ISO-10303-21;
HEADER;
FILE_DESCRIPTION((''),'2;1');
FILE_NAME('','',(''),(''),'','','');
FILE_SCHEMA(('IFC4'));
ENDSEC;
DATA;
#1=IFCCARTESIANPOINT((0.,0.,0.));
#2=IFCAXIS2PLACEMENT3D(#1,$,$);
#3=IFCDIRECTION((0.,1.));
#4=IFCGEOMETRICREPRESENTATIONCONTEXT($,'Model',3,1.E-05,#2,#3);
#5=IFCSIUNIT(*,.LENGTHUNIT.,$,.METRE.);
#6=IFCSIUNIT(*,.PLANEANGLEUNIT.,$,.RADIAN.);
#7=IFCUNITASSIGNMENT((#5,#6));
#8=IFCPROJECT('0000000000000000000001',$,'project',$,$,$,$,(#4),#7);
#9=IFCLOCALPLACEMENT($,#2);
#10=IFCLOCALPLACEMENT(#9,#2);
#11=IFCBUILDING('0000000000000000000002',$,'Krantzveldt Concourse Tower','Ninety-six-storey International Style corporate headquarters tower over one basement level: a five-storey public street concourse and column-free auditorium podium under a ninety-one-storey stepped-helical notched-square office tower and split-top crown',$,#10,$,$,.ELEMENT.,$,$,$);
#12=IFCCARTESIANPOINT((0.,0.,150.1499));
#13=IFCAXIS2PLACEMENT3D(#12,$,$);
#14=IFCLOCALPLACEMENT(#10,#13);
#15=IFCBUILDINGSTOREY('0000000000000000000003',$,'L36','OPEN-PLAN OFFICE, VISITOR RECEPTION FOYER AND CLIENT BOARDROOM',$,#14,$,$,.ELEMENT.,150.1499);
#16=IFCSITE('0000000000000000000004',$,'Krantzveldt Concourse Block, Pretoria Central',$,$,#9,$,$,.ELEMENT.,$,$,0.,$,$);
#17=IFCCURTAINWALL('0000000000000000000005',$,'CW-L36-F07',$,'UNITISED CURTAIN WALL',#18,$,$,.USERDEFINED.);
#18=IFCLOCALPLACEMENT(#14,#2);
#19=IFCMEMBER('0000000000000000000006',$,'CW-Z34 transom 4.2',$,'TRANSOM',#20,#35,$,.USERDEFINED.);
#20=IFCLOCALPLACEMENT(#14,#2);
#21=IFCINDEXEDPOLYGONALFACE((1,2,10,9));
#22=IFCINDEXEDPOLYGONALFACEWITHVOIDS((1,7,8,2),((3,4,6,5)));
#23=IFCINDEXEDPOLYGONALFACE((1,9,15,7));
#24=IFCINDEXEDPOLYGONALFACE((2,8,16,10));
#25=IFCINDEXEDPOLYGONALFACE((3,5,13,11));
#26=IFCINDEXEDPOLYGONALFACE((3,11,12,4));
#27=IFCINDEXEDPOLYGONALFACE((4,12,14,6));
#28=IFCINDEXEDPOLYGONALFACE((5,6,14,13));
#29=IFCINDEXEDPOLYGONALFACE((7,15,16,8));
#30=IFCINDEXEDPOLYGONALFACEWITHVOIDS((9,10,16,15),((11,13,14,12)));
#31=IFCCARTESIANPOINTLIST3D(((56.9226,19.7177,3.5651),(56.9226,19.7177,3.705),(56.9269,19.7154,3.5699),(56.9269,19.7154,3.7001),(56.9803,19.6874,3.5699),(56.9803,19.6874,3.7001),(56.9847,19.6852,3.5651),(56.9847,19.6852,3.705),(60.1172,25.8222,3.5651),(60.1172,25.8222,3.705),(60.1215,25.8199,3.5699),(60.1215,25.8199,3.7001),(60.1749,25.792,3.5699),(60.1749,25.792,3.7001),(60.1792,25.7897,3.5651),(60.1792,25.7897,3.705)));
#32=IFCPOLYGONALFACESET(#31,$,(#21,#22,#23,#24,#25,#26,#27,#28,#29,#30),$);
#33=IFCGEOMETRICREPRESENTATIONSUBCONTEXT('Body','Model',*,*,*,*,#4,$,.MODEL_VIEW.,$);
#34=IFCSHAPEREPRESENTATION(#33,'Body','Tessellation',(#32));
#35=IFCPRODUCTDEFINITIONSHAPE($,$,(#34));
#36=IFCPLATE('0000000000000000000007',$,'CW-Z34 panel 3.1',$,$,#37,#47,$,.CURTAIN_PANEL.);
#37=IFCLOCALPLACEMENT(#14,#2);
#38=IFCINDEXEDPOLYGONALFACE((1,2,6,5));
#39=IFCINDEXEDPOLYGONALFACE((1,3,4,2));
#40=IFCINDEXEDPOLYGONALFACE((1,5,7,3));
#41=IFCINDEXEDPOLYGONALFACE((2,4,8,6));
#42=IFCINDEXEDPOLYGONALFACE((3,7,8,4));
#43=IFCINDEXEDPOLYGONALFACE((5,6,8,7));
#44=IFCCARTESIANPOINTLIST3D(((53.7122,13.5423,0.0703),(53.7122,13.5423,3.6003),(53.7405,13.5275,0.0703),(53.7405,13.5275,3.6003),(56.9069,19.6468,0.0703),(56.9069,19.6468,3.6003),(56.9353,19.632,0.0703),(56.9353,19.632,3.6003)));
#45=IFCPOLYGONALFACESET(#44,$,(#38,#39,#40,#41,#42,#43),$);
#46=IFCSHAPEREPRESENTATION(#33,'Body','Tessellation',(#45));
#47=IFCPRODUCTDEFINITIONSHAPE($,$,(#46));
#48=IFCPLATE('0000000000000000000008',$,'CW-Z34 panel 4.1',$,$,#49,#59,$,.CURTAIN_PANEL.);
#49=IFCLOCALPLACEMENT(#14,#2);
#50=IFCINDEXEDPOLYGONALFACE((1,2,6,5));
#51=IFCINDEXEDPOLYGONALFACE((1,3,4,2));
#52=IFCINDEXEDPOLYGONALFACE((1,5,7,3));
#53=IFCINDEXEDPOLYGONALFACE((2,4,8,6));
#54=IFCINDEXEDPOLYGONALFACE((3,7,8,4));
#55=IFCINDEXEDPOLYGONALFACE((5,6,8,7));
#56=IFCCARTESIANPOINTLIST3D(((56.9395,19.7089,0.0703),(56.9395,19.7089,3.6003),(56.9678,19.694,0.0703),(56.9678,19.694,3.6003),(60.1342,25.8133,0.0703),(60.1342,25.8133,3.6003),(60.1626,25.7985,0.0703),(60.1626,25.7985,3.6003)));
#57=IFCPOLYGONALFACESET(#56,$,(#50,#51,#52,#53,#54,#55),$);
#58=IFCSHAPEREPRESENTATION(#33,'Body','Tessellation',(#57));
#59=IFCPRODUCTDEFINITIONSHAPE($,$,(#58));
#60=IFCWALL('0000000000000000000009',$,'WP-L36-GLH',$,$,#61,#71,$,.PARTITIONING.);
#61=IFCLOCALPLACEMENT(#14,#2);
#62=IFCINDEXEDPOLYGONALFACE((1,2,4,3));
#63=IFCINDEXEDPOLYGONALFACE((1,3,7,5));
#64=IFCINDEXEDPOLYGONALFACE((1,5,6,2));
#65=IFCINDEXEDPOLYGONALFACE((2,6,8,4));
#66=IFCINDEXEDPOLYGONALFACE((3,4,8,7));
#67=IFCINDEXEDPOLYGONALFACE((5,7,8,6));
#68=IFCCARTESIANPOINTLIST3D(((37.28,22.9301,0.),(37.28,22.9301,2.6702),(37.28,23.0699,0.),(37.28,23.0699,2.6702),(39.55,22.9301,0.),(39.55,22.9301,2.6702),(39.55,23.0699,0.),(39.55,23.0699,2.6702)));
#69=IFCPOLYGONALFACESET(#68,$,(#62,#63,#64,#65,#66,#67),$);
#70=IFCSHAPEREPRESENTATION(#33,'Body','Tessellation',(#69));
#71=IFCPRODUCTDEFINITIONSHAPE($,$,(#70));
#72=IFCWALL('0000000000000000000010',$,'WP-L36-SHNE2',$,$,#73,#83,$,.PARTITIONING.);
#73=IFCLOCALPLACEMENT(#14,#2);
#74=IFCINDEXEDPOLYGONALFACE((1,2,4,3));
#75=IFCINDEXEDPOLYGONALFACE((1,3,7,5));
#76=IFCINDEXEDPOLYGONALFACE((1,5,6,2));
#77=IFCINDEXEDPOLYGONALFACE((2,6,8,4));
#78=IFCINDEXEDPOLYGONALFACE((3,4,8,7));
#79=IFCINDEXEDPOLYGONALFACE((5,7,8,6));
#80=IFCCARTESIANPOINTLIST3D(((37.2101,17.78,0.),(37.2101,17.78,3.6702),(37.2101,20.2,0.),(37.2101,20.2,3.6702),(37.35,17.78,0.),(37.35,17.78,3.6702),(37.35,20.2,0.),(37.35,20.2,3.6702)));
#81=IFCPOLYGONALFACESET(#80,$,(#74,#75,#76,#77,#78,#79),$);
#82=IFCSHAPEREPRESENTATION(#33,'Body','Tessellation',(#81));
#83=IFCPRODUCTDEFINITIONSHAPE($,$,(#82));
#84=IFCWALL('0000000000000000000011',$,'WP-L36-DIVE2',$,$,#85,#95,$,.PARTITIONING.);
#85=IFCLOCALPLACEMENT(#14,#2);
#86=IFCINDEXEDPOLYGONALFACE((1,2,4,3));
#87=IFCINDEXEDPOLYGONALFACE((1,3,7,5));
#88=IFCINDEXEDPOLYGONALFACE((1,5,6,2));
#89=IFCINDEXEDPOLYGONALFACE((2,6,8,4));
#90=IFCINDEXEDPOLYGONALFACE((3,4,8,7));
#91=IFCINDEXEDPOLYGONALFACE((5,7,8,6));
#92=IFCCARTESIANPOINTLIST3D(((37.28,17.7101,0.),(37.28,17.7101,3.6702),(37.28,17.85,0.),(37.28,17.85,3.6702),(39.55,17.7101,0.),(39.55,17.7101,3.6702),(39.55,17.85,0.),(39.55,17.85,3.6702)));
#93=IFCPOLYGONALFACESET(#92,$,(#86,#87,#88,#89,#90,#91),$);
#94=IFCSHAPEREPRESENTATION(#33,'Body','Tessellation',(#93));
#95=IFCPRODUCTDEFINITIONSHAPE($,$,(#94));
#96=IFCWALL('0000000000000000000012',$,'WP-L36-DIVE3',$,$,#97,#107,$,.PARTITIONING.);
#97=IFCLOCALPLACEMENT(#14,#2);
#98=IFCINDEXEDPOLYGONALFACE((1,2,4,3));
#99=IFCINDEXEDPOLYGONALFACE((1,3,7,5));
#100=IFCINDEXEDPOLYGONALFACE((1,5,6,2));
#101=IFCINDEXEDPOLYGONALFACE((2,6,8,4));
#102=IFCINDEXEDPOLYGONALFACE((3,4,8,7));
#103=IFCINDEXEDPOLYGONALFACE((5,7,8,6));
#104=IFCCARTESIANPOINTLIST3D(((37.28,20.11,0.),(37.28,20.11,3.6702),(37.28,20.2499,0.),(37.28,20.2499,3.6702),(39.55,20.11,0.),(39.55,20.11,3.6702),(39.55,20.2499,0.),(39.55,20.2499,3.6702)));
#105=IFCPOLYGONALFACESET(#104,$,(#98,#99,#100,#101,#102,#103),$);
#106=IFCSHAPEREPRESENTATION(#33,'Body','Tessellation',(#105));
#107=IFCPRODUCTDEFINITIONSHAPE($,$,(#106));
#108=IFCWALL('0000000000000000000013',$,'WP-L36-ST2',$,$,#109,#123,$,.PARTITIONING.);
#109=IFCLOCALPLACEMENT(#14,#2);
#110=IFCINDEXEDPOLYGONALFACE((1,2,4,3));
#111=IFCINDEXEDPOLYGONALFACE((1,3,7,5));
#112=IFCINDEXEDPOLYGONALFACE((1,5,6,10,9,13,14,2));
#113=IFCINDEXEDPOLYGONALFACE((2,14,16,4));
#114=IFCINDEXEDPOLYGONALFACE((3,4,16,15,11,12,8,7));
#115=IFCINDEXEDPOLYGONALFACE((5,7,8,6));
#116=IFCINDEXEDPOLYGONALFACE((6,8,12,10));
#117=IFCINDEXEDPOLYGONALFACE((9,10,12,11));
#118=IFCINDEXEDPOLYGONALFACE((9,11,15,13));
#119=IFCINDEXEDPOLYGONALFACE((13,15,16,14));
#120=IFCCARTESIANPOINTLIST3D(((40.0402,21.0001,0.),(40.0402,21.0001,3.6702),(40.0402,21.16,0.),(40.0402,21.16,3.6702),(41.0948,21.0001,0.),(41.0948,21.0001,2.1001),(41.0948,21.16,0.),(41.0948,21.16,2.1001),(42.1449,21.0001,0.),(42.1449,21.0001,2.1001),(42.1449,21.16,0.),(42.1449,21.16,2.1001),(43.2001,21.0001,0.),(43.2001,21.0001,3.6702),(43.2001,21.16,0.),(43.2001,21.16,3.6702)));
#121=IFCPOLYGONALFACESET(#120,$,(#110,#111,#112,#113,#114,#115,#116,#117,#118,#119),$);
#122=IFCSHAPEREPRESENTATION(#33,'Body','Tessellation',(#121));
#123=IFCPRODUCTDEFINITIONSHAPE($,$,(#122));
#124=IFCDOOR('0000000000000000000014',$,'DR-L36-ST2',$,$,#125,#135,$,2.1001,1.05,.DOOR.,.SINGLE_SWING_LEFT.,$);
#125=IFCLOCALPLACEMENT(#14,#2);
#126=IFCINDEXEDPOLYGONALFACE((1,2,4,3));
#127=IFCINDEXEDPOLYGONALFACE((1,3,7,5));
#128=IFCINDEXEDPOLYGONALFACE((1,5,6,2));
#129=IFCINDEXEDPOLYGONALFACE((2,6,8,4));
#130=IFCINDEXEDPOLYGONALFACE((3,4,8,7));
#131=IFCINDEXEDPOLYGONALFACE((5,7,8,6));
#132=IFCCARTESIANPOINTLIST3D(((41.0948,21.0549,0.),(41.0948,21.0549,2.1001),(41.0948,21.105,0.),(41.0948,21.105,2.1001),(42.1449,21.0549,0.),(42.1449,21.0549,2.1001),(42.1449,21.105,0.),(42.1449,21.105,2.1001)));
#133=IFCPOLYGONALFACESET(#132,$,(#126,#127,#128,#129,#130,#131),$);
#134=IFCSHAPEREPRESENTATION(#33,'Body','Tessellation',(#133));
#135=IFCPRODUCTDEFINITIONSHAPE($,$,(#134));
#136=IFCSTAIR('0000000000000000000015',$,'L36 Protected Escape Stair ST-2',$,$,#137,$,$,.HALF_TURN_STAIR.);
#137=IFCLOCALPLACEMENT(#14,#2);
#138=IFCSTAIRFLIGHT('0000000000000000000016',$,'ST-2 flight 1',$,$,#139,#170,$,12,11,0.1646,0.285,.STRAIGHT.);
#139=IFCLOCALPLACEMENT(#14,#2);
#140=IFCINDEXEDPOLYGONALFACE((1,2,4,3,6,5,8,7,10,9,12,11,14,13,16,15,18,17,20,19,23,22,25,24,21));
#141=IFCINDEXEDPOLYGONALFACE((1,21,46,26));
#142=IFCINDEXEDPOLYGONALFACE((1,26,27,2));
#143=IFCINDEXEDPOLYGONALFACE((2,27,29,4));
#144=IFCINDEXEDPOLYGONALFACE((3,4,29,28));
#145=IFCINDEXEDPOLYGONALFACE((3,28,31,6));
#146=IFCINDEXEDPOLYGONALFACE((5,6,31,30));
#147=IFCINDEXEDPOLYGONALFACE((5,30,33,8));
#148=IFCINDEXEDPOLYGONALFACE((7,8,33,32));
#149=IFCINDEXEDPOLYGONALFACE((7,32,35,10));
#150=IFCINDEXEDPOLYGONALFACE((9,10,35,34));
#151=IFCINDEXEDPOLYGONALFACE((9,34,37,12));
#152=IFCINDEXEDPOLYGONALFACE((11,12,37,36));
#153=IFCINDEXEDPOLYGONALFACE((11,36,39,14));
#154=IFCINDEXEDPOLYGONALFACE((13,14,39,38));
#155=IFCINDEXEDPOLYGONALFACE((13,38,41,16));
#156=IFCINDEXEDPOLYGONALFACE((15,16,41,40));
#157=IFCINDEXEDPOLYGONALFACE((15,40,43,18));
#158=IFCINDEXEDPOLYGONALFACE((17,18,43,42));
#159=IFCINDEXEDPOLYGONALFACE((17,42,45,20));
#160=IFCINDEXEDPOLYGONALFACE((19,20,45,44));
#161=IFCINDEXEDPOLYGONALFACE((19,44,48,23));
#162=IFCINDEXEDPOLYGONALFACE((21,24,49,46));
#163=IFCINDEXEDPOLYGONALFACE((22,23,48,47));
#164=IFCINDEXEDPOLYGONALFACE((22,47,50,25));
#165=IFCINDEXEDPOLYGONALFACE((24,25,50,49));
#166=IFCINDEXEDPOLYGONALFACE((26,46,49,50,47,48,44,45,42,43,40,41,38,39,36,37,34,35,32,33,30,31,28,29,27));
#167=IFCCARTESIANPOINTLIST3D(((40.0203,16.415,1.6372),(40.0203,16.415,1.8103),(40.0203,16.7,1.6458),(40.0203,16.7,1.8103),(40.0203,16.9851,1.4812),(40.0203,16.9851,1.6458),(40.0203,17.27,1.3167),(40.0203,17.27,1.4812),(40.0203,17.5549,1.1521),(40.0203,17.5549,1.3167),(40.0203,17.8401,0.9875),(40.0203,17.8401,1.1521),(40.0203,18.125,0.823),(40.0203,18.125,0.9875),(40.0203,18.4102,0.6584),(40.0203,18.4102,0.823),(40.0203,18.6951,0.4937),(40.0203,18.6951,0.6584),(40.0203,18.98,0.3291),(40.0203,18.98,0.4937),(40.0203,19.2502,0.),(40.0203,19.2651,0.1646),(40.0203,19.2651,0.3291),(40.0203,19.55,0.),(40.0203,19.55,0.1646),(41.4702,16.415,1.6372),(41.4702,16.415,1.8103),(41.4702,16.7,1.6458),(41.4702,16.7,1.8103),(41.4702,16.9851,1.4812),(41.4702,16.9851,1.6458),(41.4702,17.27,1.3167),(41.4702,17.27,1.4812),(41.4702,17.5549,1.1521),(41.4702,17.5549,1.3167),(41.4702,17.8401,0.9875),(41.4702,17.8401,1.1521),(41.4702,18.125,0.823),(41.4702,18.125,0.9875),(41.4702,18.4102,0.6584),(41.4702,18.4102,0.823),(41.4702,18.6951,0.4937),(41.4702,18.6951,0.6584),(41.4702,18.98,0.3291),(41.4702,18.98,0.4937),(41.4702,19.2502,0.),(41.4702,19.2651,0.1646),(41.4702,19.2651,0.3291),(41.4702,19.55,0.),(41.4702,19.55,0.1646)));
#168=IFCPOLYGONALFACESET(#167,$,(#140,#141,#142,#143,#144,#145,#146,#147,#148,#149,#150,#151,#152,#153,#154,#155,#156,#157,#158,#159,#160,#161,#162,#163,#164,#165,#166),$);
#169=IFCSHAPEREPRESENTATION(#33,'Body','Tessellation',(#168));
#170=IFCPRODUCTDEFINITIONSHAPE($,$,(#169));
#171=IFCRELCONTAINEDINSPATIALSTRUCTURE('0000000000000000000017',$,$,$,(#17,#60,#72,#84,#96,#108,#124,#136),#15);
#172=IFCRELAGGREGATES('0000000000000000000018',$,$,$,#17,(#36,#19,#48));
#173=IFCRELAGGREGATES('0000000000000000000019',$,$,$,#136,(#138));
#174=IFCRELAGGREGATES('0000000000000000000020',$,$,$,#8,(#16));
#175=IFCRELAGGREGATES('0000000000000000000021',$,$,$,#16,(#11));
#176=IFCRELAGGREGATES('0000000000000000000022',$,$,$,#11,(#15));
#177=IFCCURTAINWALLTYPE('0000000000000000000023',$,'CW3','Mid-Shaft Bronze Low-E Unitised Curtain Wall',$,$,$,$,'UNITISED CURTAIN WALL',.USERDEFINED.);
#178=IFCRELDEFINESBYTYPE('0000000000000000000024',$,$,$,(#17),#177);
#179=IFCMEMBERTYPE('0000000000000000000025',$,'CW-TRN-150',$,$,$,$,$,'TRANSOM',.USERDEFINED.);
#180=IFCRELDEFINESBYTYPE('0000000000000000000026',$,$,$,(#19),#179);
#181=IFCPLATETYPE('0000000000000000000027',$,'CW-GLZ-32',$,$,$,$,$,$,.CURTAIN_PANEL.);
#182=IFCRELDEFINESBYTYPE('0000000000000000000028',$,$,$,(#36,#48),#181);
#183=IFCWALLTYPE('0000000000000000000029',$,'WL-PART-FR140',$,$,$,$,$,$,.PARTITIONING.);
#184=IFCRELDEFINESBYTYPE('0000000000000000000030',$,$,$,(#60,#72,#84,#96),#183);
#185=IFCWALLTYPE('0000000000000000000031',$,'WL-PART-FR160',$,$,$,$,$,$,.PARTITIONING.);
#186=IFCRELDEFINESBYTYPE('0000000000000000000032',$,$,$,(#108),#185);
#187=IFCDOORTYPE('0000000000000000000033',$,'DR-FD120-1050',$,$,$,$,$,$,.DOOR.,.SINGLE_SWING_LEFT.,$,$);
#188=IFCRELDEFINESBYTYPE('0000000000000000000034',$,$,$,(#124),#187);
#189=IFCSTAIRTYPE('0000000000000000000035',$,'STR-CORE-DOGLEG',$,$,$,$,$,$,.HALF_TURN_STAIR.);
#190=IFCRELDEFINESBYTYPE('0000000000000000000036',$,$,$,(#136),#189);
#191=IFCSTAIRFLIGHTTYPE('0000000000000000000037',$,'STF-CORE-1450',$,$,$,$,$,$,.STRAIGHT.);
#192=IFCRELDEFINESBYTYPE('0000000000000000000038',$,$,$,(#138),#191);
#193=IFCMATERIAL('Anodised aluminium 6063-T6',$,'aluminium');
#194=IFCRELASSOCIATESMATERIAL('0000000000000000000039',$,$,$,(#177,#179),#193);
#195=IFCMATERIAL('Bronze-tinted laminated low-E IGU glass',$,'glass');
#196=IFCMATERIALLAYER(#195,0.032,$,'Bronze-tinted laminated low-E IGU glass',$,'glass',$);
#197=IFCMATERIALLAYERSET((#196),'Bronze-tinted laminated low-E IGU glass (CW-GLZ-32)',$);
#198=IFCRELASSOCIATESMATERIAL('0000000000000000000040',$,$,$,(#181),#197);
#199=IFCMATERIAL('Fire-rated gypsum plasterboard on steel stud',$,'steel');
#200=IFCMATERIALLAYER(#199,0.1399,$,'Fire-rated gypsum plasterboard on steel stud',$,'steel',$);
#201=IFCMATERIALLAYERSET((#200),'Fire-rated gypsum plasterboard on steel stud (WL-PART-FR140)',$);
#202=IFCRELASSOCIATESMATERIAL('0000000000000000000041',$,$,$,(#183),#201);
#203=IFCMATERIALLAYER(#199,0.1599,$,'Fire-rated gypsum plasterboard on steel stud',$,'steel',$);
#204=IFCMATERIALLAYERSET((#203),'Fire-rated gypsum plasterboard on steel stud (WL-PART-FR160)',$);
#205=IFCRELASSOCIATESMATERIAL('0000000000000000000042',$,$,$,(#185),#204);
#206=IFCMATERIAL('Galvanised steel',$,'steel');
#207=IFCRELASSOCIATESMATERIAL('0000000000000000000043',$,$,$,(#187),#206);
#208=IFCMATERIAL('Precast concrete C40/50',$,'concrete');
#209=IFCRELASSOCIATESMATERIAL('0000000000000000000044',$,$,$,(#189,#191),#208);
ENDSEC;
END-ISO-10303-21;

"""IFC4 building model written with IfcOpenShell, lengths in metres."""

from ifc_helpers import new_model, si_unit, direction, frame, frame_2d, origin, origin_2d, place, context, subcontext, project, spatial, polyline, rectangle, hollow_rectangle, outline, extrude, source, transform, mapped, material, layer, layer_set, material_profile, profile_set, type_object, type_shapes, element, fill, aggregate, save


model = new_model("IFC4")

# Units and contexts
model_context = context("Model", 3, precision=1e-05, world=origin(), true_north=direction((0.0, 1.0)))
body_context = subcontext(model_context, "Body", "Model", "MODEL_VIEW")
ifc_project = project(units=[si_unit("LENGTHUNIT", "METRE"), si_unit("PLANEANGLEUNIT", "RADIAN")], contexts=[model_context])

# Site, building, storey
site_placement = place(None, origin())
site = spatial("IfcSite", under=ifc_project, at=site_placement, Name="Krantzveldt Concourse Block, Pretoria Central", CompositionType="ELEMENT", RefElevation=0.0)
building_placement = place(site_placement, origin())
building = spatial("IfcBuilding", under=site, at=building_placement, Name="Krantzveldt Concourse Tower", Description="Ninety-six-storey International Style corporate headquarters tower over one basement level: a five-storey public street concourse and column-free auditorium podium under a ninety-one-storey stepped-helical notched-square office tower and split-top crown", CompositionType="ELEMENT")
storey_placement = place(building_placement, frame((0.0, 0.0, 150.1499)))
storey = spatial("IfcBuildingStorey", under=building, at=storey_placement, Name="L36", Description="OPEN-PLAN OFFICE, VISITOR RECEPTION FOYER AND CLIENT BOARDROOM", CompositionType="ELEMENT", Elevation=150.1499)

# Curtain wall, member, plates
ifc_material_1 = material(Name="Anodised aluminium 6063-T6", Category="aluminium")
curtain_wall_type = type_object("IfcCurtainWallType", Name="CW3", Description="Mid-Shaft Bronze Low-E Unitised Curtain Wall", ElementType="UNITISED CURTAIN WALL", PredefinedType="USERDEFINED", material=ifc_material_1)
curtain_wall_placement = place(storey_placement, origin())
curtain_wall = element("IfcCurtainWall", 1, at=curtain_wall_placement, inside=storey, type_object=curtain_wall_type, Name="CW-L36-F07", ObjectType="UNITISED CURTAIN WALL", PredefinedType="USERDEFINED")
ifc_material_profile_1 = material_profile(ifc_material_1, hollow_rectangle(XDim=0.0701, YDim=0.1399, WallThickness=0.0049, at=origin_2d()), Name="Anodised aluminium 6063-T6", Category="aluminium")
ifc_profile_set_1 = profile_set([ifc_material_profile_1], Name="Anodised aluminium 6063-T6 - ALU-TRAN 140x70x5")
member_type_1 = type_object("IfcMemberType", Name="CW-TRN-150", ElementType="TRANSOM", PredefinedType="USERDEFINED", material=ifc_profile_set_1)
shared_shape_1 = source(origin(), body_context, "Body", "SweptSolid", [
    extrude(hollow_rectangle(XDim=0.0701, YDim=0.1399, WallThickness=0.0049, at=origin_2d()), origin(), (0.0, 0.0, 1.0), 6.8899),
])
member_1_placement = place(storey_placement, frame((56.9536, 19.7014, 3.635), z_axis=(0.463664, 0.886011, 0.0), x_axis=(-0.886011, 0.463664, 0.0)))
member_1 = element("IfcMember", 2, at=member_1_placement, type_object=member_type_1, Name="CW-Z34 transom 4.2", ObjectType="TRANSOM", PredefinedType="USERDEFINED", context=body_context, shape_type="MappedRepresentation", body=[
    mapped(shared_shape_1, transform((0.0, 0.0, 0.0), x_axis=(1.0, 0.0, 0.0), y_axis=(0.0, 1.0, 0.0), z_axis=(0.0, 0.0, 1.0), scale=1.0)),
])
ifc_material_2 = material(Name="Bronze-tinted laminated low-E IGU glass", Category="glass")
ifc_layer_1 = layer(ifc_material_2, 0.032, Name="Bronze-tinted laminated low-E IGU glass", Category="glass")
ifc_layer_set_1 = layer_set([ifc_layer_1], Name="Bronze-tinted laminated low-E IGU glass (CW-GLZ-32)")
plate_type = type_object("IfcPlateType", Name="CW-GLZ-32", PredefinedType="CURTAIN_PANEL", material=ifc_layer_set_1)
shared_shape_2 = source(origin(), body_context, "Body", "SweptSolid", [
    extrude(rectangle(XDim=6.8899, YDim=0.032, at=origin_2d()), origin(), (0.0, 0.0, 1.0), 3.53),
])
type_shapes(plate_type, [shared_shape_2])
plate_1_placement = place(storey_placement, frame((55.3237, 16.5872, 0.0703), z_axis=(0.0, 0.0, 1.0), x_axis=(0.463683, 0.886001, 0.0)))
plate_1 = element("IfcPlate", 3, at=plate_1_placement, type_object=plate_type, Name="CW-Z34 panel 3.1", PredefinedType="CURTAIN_PANEL", context=body_context, shape_type="MappedRepresentation", body=[
    mapped(shared_shape_2, transform((0.0, 0.0, 0.0), x_axis=(1.0, 0.0, 0.0), y_axis=(0.0, 1.0, 0.0), z_axis=(0.0, 0.0, 1.0), scale=1.0)),
])
plate_2_placement = place(storey_placement, frame((58.551, 22.7537, 0.0703), z_axis=(0.0, 0.0, 1.0), x_axis=(0.463683, 0.886001, 0.0)))
plate_2 = element("IfcPlate", 4, at=plate_2_placement, type_object=plate_type, Name="CW-Z34 panel 4.1", PredefinedType="CURTAIN_PANEL", context=body_context, shape_type="MappedRepresentation", body=[
    mapped(shared_shape_2, transform((0.0, 0.0, 0.0), x_axis=(1.0, 0.0, 0.0), y_axis=(0.0, 1.0, 0.0), z_axis=(0.0, 0.0, 1.0), scale=1.0)),
])
aggregate(curtain_wall, [plate_1, member_1, plate_2])

# Shared definitions
ifc_material_3 = material(Name="Fire-rated gypsum plasterboard on steel stud", Category="steel")
ifc_layer_2 = layer(ifc_material_3, 0.1399, Name="Fire-rated gypsum plasterboard on steel stud", Category="steel")
ifc_layer_set_2 = layer_set([ifc_layer_2], Name="Fire-rated gypsum plasterboard on steel stud (WL-PART-FR140)")
wall_type_1 = type_object("IfcWallType", Name="WL-PART-FR140", PredefinedType="PARTITIONING", material=ifc_layer_set_2)

# Walls
wall_1_placement = place(storey_placement, frame((37.28, 23.0, 0.0), z_axis=(0.0, 0.0, 1.0), x_axis=(1.0, 0.0, 0.0)))
element("IfcWall", 5, at=wall_1_placement, inside=storey, type_object=wall_type_1, Name="WP-L36-GLH", PredefinedType="PARTITIONING", context=body_context, shape_type="SweptSolid", body=[
    extrude(rectangle(XDim=2.27, YDim=0.1399, at=frame_2d((1.135, 0.0))), origin(), (0.0, 0.0, 1.0), 2.6702),
])
wall_2_placement = place(storey_placement, frame((37.28, 17.78, 0.0), z_axis=(0.0, 0.0, 1.0), x_axis=(0.0, 1.0, 0.0)))
element("IfcWall", 6, at=wall_2_placement, inside=storey, type_object=wall_type_1, Name="WP-L36-SHNE2", PredefinedType="PARTITIONING", context=body_context, shape_type="SweptSolid", body=[
    extrude(rectangle(XDim=2.4199, YDim=0.1399, at=frame_2d((1.21, 0.0))), origin(), (0.0, 0.0, 1.0), 3.6702),
])
for number, where, z_axis, x_axis, name in (
    (7, (37.28, 17.78, 0.0), (0.0, 0.0, 1.0), (1.0, 0.0, 0.0), "WP-L36-DIVE2"),
    (8, (37.28, 20.1799, 0.0), (0.0, 0.0, 1.0), (1.0, 0.0, 0.0), "WP-L36-DIVE3"),
):
    element("IfcWall", number, at=place(storey_placement, frame(where, z_axis=z_axis, x_axis=x_axis)), inside=storey, type_object=wall_type_1, Name=name, PredefinedType="PARTITIONING", context=body_context, shape_type="SweptSolid", body=[
        extrude(rectangle(XDim=2.27, YDim=0.1399, at=frame_2d((1.135, 0.0))), origin(), (0.0, 0.0, 1.0), 3.6702),
    ])

# Wall, opening, door
ifc_layer_3 = layer(ifc_material_3, 0.1599, Name="Fire-rated gypsum plasterboard on steel stud", Category="steel")
ifc_layer_set_3 = layer_set([ifc_layer_3], Name="Fire-rated gypsum plasterboard on steel stud (WL-PART-FR160)")
wall_type_2 = type_object("IfcWallType", Name="WL-PART-FR160", PredefinedType="PARTITIONING", material=ifc_layer_set_3)
wall_3_placement = place(storey_placement, frame((40.04, 21.0801, 0.0), z_axis=(0.0, 0.0, 1.0), x_axis=(1.0, 0.0, 0.0)))
wall_3 = element("IfcWall", 9, at=wall_3_placement, inside=storey, type_object=wall_type_2, Name="WP-L36-ST2", PredefinedType="PARTITIONING", context=body_context, shape_type="SweptSolid", body=[
    extrude(rectangle(XDim=3.1599, YDim=0.1599, at=frame_2d((1.5801, 0.0))), origin(), (0.0, 0.0, 1.0), 3.6702),
])
opening_1_placement = place(wall_3_placement, frame((1.0549, 0.0, 0.0)))
opening_1 = element("IfcOpeningElement", 10, at=opening_1_placement, cuts=wall_3, PredefinedType="OPENING", context=body_context, shape_type="SweptSolid", body=[
    extrude(rectangle(XDim=1.05, YDim=2.1001, at=frame_2d((0.5249, 1.05))), frame((0.0, 0.0898, 0.0), z_axis=(0.0, -1.0, 0.0), x_axis=(1.0, 0.0, 0.0)), (0.0, 0.0, 1.0), 0.1799),
])
ifc_material_4 = material(Name="Galvanised steel", Category="steel")
door_type_1 = type_object("IfcDoorType", Name="DR-FD120-1050", OperationType="SINGLE_SWING_LEFT", PredefinedType="DOOR", material=ifc_material_4)
door_1_placement = place(opening_1_placement, origin())
door_1 = element("IfcDoor", 11, at=door_1_placement, inside=storey, type_object=door_type_1, Name="DR-L36-ST2", OperationType="SINGLE_SWING_LEFT", OverallHeight=2.1001, OverallWidth=1.05, PredefinedType="DOOR", context=body_context, shape_type="SweptSolid", body=[
    extrude(rectangle(XDim=1.05, YDim=2.1001, at=frame_2d((0.5249, 1.05))), frame((0.0, 0.0249, 0.0), z_axis=(0.0, -1.0, 0.0), x_axis=(1.0, 0.0, 0.0)), (0.0, 0.0, 1.0), 0.05),
])
fill(opening_1, door_1)

# Stair, stair flight
ifc_material_5 = material(Name="Precast concrete C40/50", Category="concrete")
stair_type = type_object("IfcStairType", Name="STR-CORE-DOGLEG", PredefinedType="HALF_TURN_STAIR", material=ifc_material_5)
stair_placement = place(storey_placement, origin())
stair = element("IfcStair", 12, at=stair_placement, inside=storey, type_object=stair_type, Name="L36 Protected Escape Stair ST-2", PredefinedType="HALF_TURN_STAIR")
stair_flight_type = type_object("IfcStairFlightType", Name="STF-CORE-1450", PredefinedType="STRAIGHT", material=ifc_material_5)
stair_flight_1_placement = place(storey_placement, frame((40.7451, 19.55, 0.0), z_axis=(0.0, 0.0, 1.0), x_axis=(0.0, -1.0, 0.0)))
stair_flight_1 = element("IfcStairFlight", 13, at=stair_flight_1_placement, type_object=stair_flight_type, Name="ST-2 flight 1", NumberOfRisers=12, NumberOfTreads=11, PredefinedType="STRAIGHT", RiserHeight=0.1646, TreadLength=0.285, context=body_context, shape_type="SweptSolid", body=[
    extrude(outline(polyline([(0.0, 0.0), (0.0, 0.1646), (0.2849, 0.1646), (0.2849, 0.3291), (0.5701, 0.3291), (0.5701, 0.4937), (0.855, 0.4937), (0.855, 0.6584), (1.1399, 0.6584), (1.1399, 0.823), (1.425, 0.823), (1.425, 0.9875), (1.71, 0.9875), (1.71, 1.1521), (1.9951, 1.1521), (1.9951, 1.3167), (2.28, 1.3167), (2.28, 1.4812), (2.5649, 1.4812), (2.5649, 1.6458), (2.8501, 1.6458), (2.8501, 1.8103), (3.135, 1.8103), (3.135, 1.9751), (3.135, 1.6372), (0.2998, 0.0), (0.0, 0.0)])), frame((0.0, 0.7251, 0.0), z_axis=(0.0, -1.0, 0.0), x_axis=(1.0, 0.0, 0.0)), (0.0, 0.0, 1.0), 1.45),
])
aggregate(stair, [stair_flight_1])

save(model, "model.ifc")
